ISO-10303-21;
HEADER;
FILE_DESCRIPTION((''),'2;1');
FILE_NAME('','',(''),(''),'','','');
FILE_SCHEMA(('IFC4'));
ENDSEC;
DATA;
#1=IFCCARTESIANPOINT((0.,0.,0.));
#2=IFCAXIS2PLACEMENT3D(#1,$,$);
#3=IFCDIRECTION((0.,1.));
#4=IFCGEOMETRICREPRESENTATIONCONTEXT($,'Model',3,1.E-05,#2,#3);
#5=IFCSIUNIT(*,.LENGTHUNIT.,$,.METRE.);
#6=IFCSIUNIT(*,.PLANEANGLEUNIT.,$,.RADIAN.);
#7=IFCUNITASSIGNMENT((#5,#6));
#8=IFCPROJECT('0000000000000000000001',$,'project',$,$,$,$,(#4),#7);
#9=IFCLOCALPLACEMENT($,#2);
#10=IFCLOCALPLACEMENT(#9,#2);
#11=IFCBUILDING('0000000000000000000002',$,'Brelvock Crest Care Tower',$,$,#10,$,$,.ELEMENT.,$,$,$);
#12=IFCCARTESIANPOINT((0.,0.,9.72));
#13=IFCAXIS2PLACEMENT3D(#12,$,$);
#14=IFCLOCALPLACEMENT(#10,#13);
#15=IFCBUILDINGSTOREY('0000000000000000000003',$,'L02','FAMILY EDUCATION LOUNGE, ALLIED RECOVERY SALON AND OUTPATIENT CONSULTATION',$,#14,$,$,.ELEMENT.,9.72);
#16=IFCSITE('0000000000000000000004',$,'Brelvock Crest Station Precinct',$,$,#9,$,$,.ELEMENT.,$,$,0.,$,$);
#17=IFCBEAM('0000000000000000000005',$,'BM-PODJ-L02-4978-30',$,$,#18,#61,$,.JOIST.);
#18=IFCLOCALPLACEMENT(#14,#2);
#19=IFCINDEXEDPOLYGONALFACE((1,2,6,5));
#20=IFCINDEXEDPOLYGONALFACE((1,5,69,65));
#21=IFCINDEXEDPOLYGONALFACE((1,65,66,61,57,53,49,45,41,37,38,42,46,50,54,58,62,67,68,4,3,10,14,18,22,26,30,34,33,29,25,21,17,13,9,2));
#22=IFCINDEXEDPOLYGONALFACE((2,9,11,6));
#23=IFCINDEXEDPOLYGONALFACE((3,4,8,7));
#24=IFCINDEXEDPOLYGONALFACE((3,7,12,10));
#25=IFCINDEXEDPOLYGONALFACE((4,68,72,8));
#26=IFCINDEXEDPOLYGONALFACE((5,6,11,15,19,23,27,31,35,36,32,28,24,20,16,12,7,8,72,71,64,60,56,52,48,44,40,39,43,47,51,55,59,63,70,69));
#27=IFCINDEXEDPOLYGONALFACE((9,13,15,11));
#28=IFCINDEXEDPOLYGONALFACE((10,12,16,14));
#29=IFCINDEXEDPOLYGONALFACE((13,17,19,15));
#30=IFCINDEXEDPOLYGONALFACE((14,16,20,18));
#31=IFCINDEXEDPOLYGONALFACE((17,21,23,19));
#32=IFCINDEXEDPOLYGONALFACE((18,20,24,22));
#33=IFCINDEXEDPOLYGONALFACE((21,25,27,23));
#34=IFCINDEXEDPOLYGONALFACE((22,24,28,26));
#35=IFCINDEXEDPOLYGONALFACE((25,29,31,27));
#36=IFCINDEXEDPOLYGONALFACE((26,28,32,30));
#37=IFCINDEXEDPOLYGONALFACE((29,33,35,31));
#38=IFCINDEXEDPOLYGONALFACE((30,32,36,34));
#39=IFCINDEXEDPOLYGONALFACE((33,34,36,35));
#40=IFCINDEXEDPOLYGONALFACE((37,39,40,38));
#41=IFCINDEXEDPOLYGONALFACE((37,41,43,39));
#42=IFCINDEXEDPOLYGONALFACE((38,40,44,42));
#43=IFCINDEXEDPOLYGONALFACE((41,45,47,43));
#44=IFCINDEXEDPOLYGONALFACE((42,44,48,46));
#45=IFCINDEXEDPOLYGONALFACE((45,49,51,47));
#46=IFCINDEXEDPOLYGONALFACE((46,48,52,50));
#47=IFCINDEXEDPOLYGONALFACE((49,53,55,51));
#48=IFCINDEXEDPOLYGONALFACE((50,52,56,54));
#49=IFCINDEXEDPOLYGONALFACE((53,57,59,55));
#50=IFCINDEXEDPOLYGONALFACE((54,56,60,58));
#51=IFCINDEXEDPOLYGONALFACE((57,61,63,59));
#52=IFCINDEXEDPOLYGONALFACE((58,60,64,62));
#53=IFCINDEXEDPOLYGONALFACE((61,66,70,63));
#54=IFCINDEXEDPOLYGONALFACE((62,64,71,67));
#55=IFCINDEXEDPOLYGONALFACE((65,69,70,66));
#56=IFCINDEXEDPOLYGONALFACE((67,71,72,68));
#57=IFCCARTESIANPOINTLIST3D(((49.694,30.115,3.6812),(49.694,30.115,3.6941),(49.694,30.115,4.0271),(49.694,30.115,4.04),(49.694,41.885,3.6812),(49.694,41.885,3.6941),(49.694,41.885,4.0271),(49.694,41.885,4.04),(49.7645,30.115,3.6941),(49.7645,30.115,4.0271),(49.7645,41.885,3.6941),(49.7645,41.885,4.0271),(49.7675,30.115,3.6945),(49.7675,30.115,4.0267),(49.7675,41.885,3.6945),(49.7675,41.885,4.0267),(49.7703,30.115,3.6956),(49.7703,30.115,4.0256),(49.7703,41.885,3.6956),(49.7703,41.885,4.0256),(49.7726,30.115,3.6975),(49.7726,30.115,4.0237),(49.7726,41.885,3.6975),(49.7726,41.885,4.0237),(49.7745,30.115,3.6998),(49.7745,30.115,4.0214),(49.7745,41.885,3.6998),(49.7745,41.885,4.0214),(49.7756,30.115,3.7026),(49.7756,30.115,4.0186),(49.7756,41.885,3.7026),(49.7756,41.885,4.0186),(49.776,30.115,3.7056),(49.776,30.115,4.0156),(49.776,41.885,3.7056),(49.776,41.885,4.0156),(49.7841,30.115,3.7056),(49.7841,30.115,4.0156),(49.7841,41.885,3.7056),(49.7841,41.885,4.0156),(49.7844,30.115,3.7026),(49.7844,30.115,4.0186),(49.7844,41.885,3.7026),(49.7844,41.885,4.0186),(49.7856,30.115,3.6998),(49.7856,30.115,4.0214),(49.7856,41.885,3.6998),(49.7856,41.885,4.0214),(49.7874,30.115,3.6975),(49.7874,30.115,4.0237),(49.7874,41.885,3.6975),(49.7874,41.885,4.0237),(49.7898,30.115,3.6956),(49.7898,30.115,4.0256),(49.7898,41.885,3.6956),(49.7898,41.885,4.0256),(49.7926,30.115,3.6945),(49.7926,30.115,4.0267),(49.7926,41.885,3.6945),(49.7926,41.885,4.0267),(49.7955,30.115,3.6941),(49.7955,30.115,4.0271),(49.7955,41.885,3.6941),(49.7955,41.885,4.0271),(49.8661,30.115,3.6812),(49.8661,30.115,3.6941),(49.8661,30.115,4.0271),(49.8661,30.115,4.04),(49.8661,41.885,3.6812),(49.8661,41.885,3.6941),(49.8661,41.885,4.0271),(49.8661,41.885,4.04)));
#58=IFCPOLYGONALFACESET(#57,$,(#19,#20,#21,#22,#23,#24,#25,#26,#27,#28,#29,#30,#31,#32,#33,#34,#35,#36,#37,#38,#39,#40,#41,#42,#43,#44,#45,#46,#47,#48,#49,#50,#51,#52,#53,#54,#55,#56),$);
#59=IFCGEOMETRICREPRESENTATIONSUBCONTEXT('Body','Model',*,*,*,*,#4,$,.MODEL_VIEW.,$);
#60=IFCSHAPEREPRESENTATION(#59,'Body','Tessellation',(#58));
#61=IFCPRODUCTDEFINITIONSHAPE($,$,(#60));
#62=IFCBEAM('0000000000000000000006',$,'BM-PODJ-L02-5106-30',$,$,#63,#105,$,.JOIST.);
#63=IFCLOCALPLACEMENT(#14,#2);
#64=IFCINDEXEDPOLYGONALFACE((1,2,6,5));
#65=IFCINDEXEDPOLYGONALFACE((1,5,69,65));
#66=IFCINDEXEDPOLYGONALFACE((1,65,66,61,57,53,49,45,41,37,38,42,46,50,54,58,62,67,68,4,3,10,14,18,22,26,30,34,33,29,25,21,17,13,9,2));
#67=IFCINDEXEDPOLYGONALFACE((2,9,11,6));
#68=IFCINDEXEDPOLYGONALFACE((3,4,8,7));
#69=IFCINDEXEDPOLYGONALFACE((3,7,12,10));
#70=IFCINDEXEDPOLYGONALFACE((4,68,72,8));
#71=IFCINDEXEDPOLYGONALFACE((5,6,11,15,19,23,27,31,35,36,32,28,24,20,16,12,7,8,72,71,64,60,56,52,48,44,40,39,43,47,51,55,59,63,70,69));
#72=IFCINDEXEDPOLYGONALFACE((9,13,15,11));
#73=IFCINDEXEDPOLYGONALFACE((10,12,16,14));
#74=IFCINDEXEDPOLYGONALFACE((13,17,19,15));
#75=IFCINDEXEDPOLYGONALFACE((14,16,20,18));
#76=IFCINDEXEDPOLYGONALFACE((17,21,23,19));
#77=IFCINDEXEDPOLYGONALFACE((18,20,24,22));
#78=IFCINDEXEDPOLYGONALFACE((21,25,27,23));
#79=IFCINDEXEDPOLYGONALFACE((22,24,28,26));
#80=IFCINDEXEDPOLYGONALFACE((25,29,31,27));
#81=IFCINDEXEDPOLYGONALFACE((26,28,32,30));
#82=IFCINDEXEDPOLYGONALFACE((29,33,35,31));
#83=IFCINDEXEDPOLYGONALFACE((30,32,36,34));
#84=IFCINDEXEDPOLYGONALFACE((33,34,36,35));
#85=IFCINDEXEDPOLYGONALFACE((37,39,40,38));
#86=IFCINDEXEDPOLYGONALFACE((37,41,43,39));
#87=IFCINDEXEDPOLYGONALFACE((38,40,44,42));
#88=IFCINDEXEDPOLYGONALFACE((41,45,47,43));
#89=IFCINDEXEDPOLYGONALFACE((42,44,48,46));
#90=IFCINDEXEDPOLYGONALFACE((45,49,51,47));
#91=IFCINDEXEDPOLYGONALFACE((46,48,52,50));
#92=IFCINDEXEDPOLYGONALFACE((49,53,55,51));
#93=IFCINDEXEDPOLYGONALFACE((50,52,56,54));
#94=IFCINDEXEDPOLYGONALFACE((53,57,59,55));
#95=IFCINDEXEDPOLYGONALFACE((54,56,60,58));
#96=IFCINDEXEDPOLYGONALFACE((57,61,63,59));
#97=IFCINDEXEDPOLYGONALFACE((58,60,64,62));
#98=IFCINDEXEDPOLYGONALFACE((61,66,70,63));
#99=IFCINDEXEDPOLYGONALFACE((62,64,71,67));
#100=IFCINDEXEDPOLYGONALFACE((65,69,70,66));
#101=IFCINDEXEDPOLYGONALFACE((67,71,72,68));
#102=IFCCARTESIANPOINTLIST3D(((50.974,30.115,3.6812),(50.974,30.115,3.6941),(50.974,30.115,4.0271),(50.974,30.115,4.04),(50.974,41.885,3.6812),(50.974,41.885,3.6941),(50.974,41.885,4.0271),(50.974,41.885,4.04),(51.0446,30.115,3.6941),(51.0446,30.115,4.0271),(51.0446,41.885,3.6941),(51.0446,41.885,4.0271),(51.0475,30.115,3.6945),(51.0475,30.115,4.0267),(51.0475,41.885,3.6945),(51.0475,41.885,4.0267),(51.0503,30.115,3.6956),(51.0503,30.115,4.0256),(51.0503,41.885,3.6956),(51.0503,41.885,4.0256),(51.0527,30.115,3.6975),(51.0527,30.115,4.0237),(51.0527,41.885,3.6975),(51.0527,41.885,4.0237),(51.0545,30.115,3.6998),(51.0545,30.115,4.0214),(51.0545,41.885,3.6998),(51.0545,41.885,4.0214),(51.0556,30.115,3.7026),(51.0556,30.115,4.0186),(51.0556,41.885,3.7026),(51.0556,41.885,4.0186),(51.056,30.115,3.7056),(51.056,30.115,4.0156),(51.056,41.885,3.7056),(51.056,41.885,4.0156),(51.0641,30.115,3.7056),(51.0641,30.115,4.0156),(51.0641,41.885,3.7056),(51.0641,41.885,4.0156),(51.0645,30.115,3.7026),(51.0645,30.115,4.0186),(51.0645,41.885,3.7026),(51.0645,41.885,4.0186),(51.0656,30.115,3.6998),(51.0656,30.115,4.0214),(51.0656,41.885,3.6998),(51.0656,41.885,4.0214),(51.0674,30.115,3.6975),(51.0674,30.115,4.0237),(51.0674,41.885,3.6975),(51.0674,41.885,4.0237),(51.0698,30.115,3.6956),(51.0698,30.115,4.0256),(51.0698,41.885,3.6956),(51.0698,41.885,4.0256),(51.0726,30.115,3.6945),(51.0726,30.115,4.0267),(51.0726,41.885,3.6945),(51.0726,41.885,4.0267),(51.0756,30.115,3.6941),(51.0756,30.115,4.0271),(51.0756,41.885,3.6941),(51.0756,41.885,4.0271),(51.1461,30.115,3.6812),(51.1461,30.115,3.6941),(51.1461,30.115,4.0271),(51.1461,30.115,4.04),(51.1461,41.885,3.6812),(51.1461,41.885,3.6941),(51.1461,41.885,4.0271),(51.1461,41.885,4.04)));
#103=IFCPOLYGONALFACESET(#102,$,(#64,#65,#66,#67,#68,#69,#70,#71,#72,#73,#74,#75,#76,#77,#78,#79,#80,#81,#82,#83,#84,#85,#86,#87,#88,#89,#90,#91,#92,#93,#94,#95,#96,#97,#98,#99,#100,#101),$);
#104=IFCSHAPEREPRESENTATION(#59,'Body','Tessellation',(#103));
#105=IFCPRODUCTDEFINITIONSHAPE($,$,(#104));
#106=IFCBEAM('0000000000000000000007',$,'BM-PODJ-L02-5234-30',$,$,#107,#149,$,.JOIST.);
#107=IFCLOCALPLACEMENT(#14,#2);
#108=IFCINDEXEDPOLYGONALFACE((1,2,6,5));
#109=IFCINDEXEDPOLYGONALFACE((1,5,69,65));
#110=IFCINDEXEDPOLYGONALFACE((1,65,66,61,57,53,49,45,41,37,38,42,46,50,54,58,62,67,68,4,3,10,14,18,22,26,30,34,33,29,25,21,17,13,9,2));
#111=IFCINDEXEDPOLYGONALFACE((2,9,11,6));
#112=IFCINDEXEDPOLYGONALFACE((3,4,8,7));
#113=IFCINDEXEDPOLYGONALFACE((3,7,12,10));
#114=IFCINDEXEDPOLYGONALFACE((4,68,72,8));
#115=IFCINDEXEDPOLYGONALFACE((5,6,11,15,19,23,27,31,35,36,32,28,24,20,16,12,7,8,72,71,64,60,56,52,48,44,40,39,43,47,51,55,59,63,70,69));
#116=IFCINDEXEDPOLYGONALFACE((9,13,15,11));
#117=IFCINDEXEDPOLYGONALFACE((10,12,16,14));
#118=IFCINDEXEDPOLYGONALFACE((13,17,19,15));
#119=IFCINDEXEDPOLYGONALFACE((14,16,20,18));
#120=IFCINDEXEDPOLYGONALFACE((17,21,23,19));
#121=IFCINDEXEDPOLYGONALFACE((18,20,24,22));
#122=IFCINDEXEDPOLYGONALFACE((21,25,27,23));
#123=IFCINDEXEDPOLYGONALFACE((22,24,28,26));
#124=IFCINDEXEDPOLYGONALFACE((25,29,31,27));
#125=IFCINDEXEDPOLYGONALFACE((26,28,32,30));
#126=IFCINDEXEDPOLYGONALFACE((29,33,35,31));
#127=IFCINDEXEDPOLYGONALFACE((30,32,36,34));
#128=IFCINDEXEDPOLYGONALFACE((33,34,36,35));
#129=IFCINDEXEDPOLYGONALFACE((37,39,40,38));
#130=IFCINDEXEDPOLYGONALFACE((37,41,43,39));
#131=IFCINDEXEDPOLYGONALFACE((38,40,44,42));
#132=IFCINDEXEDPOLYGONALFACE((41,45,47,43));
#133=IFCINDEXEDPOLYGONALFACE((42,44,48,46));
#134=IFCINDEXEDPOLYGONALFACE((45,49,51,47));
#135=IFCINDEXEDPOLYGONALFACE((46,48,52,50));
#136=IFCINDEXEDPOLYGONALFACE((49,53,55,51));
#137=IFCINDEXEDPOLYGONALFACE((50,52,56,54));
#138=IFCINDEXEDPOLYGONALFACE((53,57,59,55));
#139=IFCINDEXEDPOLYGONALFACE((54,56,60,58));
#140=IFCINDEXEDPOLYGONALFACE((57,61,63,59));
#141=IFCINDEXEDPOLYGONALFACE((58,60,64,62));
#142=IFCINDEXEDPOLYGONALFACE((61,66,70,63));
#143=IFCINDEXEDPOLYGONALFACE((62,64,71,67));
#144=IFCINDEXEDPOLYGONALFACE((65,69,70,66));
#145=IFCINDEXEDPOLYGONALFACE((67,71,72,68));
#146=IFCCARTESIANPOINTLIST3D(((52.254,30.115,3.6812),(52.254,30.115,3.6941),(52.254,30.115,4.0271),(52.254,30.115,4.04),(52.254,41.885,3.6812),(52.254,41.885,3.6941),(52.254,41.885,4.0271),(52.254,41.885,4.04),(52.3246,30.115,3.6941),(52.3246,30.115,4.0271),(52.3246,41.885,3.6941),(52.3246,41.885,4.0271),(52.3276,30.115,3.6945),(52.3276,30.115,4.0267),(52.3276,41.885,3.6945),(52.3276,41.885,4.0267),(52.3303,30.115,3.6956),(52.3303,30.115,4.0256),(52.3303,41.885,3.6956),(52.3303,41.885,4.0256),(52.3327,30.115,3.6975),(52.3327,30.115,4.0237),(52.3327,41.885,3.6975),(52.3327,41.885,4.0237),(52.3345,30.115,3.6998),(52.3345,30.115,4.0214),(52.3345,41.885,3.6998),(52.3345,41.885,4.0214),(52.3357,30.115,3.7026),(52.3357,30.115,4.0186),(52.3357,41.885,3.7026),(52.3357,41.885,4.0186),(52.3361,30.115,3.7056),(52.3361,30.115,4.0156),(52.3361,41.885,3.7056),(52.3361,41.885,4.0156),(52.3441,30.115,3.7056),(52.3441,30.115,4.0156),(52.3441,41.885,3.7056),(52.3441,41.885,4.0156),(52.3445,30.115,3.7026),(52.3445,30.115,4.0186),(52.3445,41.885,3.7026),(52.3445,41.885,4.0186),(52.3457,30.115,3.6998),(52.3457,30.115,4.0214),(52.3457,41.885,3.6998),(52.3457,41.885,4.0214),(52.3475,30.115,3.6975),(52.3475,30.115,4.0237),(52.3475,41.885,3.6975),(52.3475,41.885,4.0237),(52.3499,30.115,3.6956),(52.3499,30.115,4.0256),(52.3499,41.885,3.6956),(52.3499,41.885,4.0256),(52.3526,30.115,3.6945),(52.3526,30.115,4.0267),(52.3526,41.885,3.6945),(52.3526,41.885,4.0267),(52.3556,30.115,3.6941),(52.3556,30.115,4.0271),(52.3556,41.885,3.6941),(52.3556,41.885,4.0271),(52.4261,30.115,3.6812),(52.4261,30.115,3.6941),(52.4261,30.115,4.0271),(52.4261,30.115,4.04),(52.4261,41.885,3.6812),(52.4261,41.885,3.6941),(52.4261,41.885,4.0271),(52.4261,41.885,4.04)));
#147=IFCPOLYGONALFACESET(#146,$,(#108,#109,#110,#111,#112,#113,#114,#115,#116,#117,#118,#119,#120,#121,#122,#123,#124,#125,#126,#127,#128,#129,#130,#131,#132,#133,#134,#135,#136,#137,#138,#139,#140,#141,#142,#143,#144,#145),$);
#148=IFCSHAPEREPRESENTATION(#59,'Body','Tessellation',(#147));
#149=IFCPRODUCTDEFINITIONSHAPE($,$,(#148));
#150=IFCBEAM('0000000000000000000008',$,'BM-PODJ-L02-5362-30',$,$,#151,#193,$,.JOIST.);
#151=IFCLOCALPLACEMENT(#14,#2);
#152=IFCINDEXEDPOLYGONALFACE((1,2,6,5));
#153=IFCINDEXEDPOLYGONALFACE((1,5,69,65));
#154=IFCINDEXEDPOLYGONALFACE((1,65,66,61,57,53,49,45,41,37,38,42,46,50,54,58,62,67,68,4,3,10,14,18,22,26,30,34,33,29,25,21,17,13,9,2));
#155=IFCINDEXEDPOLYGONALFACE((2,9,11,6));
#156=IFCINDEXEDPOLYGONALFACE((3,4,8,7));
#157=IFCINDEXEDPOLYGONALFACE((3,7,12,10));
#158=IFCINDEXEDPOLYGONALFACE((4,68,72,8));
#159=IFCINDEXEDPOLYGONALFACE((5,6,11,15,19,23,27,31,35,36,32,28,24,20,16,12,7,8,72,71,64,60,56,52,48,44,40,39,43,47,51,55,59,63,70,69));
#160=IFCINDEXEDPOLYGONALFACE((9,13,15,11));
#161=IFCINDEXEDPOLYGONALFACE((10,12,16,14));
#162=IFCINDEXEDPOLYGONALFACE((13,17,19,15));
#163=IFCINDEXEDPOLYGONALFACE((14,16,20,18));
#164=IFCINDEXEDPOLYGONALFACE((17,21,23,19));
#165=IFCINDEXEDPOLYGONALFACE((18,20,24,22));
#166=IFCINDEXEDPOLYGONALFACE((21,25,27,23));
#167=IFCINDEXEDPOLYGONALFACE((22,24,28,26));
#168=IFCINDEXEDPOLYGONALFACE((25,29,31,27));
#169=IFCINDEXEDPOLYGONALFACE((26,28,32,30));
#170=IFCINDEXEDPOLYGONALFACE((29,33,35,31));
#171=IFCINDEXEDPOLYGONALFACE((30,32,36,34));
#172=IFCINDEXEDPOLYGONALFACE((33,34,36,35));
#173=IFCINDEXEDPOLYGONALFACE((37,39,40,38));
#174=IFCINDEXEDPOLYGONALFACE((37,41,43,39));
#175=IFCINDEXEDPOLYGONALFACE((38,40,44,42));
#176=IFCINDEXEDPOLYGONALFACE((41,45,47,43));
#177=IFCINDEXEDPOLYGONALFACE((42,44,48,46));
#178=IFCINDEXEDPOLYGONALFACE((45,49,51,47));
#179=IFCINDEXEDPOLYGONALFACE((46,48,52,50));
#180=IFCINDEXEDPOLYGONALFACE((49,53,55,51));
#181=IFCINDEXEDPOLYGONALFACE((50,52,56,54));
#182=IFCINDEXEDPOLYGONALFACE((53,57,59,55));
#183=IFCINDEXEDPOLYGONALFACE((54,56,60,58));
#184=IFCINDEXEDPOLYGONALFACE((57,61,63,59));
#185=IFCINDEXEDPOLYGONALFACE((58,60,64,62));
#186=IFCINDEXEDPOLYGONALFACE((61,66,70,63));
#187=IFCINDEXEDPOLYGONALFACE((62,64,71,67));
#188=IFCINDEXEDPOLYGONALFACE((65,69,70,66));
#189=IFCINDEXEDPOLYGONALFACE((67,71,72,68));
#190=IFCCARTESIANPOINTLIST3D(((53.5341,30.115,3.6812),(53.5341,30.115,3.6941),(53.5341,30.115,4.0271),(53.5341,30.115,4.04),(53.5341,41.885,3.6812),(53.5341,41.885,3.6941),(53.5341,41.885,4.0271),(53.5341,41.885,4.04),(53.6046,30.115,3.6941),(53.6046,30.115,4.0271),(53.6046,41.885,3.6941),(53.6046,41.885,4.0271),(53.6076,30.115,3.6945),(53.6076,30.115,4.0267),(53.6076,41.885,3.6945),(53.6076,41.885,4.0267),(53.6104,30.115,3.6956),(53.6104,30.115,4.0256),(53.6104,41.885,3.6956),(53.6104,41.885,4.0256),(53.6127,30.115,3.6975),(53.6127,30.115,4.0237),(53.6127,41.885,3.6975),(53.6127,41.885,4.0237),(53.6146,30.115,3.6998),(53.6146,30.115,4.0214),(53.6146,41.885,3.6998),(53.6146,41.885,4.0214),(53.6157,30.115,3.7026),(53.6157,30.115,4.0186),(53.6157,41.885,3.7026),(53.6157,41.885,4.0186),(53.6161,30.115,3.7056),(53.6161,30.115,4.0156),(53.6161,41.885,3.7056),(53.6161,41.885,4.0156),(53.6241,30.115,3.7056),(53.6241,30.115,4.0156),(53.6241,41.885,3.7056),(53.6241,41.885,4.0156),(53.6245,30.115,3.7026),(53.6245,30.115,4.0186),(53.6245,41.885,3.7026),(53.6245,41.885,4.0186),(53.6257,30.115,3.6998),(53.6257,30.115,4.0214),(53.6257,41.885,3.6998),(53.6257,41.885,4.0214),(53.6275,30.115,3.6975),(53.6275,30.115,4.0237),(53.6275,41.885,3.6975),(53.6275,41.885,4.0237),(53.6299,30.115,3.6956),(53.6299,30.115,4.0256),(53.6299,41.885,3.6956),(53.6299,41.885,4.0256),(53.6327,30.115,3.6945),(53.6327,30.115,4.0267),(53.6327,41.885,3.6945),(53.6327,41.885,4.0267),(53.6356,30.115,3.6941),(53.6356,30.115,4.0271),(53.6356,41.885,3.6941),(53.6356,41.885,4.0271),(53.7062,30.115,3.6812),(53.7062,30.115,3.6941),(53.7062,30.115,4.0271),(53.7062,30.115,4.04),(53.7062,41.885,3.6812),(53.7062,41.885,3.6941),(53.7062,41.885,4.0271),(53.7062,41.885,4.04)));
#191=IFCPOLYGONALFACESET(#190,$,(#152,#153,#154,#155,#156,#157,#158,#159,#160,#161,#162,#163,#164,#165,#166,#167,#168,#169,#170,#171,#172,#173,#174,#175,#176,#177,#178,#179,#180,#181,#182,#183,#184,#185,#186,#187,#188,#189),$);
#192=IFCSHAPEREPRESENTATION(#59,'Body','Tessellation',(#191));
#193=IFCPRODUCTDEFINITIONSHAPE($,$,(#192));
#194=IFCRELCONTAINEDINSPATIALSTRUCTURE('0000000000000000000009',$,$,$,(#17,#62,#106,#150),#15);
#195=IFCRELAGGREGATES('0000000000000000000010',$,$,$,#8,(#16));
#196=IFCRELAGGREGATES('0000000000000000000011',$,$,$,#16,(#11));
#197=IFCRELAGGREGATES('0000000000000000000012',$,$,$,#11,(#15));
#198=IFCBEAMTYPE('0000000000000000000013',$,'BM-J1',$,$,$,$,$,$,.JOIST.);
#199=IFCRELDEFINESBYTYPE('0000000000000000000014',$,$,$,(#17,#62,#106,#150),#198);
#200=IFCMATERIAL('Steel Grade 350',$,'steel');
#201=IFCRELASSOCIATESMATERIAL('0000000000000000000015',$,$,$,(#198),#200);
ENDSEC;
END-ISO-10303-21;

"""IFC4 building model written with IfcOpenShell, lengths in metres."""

from ifc_helpers import new_model, si_unit, direction, frame, origin, origin_2d, place, context, subcontext, project, spatial, i_section, extrude, source, transform, mapped, material, material_profile, profile_set, type_object, element, save


model = new_model("IFC4")

# Units and contexts
model_context = context("Model", 3, precision=1e-05, world=origin(), true_north=direction((0.0, 1.0)))
body_context = subcontext(model_context, "Body", "Model", "MODEL_VIEW")
ifc_project = project(units=[si_unit("LENGTHUNIT", "METRE"), si_unit("PLANEANGLEUNIT", "RADIAN")], contexts=[model_context])

# Site, building, storey
site_placement = place(None, origin())
site = spatial("IfcSite", under=ifc_project, at=site_placement, Name="Brelvock Crest Station Precinct", CompositionType="ELEMENT", RefElevation=0.0)
building_placement = place(site_placement, origin())
building = spatial("IfcBuilding", under=site, at=building_placement, Name="Brelvock Crest Care Tower", CompositionType="ELEMENT")
storey_placement = place(building_placement, frame((0.0, 0.0, 9.72)))
storey = spatial("IfcBuildingStorey", under=building, at=storey_placement, Name="L02", Description="FAMILY EDUCATION LOUNGE, ALLIED RECOVERY SALON AND OUTPATIENT CONSULTATION", CompositionType="ELEMENT", Elevation=9.72)

# Shared definitions
ifc_material_1 = material(Name="Steel Grade 350", Category="steel")

# Beams
ifc_material_profile_1 = material_profile(ifc_material_1, i_section(OverallWidth=0.1721, OverallDepth=0.3589, WebThickness=0.0081, FlangeThickness=0.0129, FilletRadius=0.0115, at=origin_2d()), Name="360UB56.7")
ifc_profile_set_1 = profile_set([ifc_material_profile_1], Name="Steel Grade 350")
beam_type_1 = type_object("IfcBeamType", Name="BM-J1", PredefinedType="JOIST", material=ifc_profile_set_1)
shared_shape_1 = source(origin(), body_context, "Body", "SweptSolid", [
    extrude(i_section(OverallWidth=0.1721, OverallDepth=0.3589, WebThickness=0.0081, FlangeThickness=0.0129, FilletRadius=0.0115, at=origin_2d()), origin(), (0.0, 0.0, 1.0), 11.77),
])
for number, where, z_axis, x_axis, name in (
    (1, (49.78, 30.115, 3.8606), (0.0, 1.0, 0.0), (-1.0, 0.0, 0.0), "BM-PODJ-L02-4978-30"),
    (2, (51.0601, 30.115, 3.8606), (0.0, 1.0, 0.0), (-1.0, 0.0, 0.0), "BM-PODJ-L02-5106-30"),
    (3, (52.3401, 30.115, 3.8606), (0.0, 1.0, 0.0), (-1.0, 0.0, 0.0), "BM-PODJ-L02-5234-30"),
    (4, (53.6201, 30.115, 3.8606), (0.0, 1.0, 0.0), (-1.0, 0.0, 0.0), "BM-PODJ-L02-5362-30"),
):
    element("IfcBeam", number, at=place(storey_placement, frame(where, z_axis=z_axis, x_axis=x_axis)), inside=storey, type_object=beam_type_1, Name=name, PredefinedType="JOIST", context=body_context, shape_type="MappedRepresentation", body=[
        mapped(shared_shape_1, transform((0.0, 0.0, 0.0), x_axis=(1.0, 0.0, 0.0), y_axis=(0.0, 1.0, 0.0), z_axis=(0.0, 0.0, 1.0), scale=1.0)),
    ])

save(model, "model.ifc")
